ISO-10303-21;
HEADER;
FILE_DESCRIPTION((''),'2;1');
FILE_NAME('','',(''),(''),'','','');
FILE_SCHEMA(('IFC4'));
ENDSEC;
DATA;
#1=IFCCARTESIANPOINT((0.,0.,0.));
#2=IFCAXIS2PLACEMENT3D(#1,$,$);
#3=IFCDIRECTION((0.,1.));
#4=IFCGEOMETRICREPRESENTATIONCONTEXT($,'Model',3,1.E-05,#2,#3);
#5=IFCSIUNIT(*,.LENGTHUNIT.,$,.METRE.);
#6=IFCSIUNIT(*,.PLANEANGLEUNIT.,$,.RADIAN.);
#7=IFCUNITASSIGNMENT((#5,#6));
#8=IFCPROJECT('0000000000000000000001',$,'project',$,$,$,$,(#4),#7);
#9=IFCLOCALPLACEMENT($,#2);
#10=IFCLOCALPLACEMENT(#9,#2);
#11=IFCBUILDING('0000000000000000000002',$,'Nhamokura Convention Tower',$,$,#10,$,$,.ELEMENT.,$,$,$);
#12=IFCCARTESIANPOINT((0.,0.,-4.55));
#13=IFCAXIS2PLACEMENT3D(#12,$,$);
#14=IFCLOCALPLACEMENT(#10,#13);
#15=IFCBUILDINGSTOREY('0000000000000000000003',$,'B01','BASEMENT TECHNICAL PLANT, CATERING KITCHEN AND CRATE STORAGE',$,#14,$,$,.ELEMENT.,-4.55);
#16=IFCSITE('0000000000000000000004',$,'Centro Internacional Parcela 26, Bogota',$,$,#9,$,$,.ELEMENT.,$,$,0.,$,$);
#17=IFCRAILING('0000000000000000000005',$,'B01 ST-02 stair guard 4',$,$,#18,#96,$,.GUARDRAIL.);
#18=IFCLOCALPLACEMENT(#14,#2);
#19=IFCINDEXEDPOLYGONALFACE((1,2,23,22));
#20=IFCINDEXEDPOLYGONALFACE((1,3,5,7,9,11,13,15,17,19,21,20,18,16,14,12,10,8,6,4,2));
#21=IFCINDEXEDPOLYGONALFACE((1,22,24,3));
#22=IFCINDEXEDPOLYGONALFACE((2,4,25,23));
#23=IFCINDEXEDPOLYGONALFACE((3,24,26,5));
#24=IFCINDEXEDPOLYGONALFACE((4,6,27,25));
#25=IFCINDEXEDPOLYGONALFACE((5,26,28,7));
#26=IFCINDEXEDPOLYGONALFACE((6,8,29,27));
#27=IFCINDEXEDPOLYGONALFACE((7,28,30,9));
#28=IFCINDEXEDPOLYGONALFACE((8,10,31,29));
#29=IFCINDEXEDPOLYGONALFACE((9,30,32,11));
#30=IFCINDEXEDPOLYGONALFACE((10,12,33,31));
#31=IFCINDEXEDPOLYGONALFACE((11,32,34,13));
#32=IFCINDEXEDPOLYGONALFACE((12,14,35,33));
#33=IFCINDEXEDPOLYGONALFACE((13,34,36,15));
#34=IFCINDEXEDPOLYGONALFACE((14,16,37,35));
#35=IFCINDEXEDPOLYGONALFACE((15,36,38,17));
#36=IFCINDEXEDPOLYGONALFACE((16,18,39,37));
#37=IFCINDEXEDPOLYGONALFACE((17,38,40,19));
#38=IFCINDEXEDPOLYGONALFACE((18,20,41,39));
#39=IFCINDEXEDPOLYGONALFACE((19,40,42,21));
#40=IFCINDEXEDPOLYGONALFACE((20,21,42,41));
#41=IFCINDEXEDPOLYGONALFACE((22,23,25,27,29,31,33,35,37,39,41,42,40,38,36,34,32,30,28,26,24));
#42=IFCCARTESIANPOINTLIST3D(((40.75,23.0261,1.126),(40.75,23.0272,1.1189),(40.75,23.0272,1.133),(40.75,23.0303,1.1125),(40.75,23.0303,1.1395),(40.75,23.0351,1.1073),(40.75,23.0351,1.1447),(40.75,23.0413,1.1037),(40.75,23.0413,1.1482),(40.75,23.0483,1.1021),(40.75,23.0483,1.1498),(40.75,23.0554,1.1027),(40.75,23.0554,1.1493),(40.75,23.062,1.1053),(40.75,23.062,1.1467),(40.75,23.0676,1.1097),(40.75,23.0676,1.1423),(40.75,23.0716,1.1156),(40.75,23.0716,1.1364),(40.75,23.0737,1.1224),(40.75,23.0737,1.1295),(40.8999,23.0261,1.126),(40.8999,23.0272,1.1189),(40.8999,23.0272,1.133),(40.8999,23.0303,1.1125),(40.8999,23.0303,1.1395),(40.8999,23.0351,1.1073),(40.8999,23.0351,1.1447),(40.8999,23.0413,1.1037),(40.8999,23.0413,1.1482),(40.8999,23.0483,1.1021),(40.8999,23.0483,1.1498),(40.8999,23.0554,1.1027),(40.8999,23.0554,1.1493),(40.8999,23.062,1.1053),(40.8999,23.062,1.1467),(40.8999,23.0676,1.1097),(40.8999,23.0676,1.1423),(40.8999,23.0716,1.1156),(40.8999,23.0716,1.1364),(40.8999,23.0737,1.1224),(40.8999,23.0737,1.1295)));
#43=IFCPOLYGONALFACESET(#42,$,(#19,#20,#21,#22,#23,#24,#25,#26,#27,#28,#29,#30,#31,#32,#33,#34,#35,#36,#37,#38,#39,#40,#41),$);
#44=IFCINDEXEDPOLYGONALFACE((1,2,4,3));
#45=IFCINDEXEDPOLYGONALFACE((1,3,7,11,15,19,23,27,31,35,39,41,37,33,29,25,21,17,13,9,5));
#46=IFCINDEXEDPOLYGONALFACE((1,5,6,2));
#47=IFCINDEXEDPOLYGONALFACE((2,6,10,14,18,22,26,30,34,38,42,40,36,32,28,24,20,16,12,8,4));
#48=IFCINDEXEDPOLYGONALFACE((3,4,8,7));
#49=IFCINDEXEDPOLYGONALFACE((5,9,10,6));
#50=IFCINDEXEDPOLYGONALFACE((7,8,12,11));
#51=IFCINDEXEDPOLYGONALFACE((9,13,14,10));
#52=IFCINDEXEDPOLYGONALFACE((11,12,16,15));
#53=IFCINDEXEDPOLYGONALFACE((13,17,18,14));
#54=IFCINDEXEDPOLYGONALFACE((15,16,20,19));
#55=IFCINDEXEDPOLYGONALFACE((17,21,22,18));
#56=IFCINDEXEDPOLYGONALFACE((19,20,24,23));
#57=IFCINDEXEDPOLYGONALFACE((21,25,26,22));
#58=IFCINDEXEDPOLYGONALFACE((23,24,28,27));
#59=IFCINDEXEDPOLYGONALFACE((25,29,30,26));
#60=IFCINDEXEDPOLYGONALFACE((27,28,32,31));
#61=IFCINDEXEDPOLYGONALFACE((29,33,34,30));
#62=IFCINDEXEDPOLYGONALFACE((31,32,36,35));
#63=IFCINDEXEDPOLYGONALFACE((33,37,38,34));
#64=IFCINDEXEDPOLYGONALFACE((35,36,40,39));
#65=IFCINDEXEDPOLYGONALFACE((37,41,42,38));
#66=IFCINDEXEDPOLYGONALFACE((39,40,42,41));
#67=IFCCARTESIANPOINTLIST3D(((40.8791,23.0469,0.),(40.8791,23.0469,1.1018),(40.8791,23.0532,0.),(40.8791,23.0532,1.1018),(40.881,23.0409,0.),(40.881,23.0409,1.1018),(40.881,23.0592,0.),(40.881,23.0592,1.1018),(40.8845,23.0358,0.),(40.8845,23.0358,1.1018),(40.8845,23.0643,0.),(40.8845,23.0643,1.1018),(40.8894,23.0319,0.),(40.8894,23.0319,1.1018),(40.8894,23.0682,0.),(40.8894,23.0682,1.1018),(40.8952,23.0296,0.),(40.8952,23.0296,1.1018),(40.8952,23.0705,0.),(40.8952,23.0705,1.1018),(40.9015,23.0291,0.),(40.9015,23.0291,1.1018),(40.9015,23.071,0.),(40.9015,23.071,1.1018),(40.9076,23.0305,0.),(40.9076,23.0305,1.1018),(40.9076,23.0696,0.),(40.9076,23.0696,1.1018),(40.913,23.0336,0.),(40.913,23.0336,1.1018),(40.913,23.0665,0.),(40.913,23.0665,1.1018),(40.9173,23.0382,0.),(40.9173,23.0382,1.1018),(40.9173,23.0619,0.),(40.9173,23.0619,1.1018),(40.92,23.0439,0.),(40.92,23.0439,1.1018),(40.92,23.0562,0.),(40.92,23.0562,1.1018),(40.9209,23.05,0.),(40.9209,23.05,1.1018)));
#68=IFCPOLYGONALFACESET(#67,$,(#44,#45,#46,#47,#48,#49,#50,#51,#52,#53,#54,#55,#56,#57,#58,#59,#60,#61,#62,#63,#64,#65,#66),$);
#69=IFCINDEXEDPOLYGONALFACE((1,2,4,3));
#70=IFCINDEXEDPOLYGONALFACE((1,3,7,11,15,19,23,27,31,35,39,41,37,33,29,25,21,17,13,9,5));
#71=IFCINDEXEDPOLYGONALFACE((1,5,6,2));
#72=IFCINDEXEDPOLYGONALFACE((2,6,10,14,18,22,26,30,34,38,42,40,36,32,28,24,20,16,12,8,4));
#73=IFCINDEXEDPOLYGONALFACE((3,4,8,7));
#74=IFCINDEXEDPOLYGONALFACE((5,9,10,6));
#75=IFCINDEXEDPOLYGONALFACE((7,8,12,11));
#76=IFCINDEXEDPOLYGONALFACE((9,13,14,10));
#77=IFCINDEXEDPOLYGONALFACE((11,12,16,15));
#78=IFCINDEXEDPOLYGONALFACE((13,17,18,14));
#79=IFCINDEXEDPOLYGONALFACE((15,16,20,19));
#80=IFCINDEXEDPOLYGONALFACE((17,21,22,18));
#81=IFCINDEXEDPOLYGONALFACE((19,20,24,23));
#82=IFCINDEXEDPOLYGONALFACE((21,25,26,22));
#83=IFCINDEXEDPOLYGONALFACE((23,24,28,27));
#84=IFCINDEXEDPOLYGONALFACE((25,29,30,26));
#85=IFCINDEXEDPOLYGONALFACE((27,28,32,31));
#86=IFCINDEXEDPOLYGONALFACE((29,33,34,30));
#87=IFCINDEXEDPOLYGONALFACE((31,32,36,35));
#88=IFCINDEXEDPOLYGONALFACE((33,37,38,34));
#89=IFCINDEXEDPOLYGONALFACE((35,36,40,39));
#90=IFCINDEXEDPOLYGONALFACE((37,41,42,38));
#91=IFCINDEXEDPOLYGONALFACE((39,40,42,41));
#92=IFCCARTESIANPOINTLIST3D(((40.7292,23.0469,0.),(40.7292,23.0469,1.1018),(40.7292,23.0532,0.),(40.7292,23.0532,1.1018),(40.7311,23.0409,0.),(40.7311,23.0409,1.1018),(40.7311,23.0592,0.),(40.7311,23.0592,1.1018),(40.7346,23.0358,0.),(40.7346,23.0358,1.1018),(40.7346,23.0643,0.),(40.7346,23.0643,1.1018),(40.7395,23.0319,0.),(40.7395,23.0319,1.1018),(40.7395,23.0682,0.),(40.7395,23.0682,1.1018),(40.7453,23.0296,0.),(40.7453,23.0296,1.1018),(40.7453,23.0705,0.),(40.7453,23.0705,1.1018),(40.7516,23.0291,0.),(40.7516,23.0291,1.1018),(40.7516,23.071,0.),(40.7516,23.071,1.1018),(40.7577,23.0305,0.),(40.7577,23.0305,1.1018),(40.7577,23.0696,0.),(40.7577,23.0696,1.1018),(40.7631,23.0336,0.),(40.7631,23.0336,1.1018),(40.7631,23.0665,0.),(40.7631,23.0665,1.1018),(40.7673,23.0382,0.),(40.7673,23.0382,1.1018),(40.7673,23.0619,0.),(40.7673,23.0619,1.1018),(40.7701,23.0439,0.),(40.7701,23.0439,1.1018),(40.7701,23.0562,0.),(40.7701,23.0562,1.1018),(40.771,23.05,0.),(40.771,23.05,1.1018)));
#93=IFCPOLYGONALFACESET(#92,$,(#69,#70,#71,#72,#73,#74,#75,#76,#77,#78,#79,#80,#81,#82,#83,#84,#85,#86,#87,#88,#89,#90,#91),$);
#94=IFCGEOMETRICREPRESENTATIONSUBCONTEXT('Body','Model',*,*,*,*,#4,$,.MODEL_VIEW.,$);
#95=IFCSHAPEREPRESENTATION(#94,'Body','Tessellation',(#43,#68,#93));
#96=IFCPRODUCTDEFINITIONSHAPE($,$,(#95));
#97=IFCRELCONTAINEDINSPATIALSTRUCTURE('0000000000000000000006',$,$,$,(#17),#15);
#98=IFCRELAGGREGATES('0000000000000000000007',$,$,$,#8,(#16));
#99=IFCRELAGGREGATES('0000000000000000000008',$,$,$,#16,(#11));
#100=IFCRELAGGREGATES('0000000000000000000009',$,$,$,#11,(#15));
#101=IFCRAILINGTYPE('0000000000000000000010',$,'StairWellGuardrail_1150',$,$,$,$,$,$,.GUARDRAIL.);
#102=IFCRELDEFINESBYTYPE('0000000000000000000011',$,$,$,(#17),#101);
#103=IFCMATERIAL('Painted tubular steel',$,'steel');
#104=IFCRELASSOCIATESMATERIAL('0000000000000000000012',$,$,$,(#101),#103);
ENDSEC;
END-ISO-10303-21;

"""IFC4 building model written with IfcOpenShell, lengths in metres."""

from ifc_helpers import new_model, si_unit, direction, frame, origin, origin_2d, place, context, subcontext, project, spatial, circle, extrude, material, type_object, element, save


model = new_model("IFC4")

# Units and contexts
model_context = context("Model", 3, precision=1e-05, world=origin(), true_north=direction((0.0, 1.0)))
body_context = subcontext(model_context, "Body", "Model", "MODEL_VIEW")
ifc_project = project(units=[si_unit("LENGTHUNIT", "METRE"), si_unit("PLANEANGLEUNIT", "RADIAN")], contexts=[model_context])

# Site, building, storey
site_placement = place(None, origin())
site = spatial("IfcSite", under=ifc_project, at=site_placement, Name="Centro Internacional Parcela 26, Bogota", CompositionType="ELEMENT", RefElevation=0.0)
building_placement = place(site_placement, origin())
building = spatial("IfcBuilding", under=site, at=building_placement, Name="Nhamokura Convention Tower", CompositionType="ELEMENT")
storey_placement = place(building_placement, frame((0.0, 0.0, -4.55)))
storey = spatial("IfcBuildingStorey", under=building, at=storey_placement, Name="B01", Description="BASEMENT TECHNICAL PLANT, CATERING KITCHEN AND CRATE STORAGE", CompositionType="ELEMENT", Elevation=-4.55)

# Railing
ifc_material_1 = material(Name="Painted tubular steel", Category="steel")
railing_type_1 = type_object("IfcRailingType", Name="StairWellGuardrail_1150", PredefinedType="GUARDRAIL", material=ifc_material_1)
railing_1_placement = place(storey_placement, frame((40.8999, 23.05, 0.0)))
element("IfcRailing", 1, at=railing_1_placement, inside=storey, type_object=railing_type_1, Name="B01 ST-02 stair guard 4", PredefinedType="GUARDRAIL", context=body_context, shape_type="SweptSolid", body=[
    extrude(circle(Radius=0.0239, at=origin_2d()), frame((0.0, 0.0, 1.126), z_axis=(-1.0, 0.0, 0.0), x_axis=(0.0, -1.0, 0.0)), (0.0, 0.0, 1.0), 0.1499),
    extrude(circle(Radius=0.021, at=origin_2d()), origin(), (0.0, 0.0, 1.0), 1.1018),
    extrude(circle(Radius=0.021, at=origin_2d()), frame((-0.1499, 0.0, 0.0)), (0.0, 0.0, 1.0), 1.1018),
])

save(model, "model.ifc")
